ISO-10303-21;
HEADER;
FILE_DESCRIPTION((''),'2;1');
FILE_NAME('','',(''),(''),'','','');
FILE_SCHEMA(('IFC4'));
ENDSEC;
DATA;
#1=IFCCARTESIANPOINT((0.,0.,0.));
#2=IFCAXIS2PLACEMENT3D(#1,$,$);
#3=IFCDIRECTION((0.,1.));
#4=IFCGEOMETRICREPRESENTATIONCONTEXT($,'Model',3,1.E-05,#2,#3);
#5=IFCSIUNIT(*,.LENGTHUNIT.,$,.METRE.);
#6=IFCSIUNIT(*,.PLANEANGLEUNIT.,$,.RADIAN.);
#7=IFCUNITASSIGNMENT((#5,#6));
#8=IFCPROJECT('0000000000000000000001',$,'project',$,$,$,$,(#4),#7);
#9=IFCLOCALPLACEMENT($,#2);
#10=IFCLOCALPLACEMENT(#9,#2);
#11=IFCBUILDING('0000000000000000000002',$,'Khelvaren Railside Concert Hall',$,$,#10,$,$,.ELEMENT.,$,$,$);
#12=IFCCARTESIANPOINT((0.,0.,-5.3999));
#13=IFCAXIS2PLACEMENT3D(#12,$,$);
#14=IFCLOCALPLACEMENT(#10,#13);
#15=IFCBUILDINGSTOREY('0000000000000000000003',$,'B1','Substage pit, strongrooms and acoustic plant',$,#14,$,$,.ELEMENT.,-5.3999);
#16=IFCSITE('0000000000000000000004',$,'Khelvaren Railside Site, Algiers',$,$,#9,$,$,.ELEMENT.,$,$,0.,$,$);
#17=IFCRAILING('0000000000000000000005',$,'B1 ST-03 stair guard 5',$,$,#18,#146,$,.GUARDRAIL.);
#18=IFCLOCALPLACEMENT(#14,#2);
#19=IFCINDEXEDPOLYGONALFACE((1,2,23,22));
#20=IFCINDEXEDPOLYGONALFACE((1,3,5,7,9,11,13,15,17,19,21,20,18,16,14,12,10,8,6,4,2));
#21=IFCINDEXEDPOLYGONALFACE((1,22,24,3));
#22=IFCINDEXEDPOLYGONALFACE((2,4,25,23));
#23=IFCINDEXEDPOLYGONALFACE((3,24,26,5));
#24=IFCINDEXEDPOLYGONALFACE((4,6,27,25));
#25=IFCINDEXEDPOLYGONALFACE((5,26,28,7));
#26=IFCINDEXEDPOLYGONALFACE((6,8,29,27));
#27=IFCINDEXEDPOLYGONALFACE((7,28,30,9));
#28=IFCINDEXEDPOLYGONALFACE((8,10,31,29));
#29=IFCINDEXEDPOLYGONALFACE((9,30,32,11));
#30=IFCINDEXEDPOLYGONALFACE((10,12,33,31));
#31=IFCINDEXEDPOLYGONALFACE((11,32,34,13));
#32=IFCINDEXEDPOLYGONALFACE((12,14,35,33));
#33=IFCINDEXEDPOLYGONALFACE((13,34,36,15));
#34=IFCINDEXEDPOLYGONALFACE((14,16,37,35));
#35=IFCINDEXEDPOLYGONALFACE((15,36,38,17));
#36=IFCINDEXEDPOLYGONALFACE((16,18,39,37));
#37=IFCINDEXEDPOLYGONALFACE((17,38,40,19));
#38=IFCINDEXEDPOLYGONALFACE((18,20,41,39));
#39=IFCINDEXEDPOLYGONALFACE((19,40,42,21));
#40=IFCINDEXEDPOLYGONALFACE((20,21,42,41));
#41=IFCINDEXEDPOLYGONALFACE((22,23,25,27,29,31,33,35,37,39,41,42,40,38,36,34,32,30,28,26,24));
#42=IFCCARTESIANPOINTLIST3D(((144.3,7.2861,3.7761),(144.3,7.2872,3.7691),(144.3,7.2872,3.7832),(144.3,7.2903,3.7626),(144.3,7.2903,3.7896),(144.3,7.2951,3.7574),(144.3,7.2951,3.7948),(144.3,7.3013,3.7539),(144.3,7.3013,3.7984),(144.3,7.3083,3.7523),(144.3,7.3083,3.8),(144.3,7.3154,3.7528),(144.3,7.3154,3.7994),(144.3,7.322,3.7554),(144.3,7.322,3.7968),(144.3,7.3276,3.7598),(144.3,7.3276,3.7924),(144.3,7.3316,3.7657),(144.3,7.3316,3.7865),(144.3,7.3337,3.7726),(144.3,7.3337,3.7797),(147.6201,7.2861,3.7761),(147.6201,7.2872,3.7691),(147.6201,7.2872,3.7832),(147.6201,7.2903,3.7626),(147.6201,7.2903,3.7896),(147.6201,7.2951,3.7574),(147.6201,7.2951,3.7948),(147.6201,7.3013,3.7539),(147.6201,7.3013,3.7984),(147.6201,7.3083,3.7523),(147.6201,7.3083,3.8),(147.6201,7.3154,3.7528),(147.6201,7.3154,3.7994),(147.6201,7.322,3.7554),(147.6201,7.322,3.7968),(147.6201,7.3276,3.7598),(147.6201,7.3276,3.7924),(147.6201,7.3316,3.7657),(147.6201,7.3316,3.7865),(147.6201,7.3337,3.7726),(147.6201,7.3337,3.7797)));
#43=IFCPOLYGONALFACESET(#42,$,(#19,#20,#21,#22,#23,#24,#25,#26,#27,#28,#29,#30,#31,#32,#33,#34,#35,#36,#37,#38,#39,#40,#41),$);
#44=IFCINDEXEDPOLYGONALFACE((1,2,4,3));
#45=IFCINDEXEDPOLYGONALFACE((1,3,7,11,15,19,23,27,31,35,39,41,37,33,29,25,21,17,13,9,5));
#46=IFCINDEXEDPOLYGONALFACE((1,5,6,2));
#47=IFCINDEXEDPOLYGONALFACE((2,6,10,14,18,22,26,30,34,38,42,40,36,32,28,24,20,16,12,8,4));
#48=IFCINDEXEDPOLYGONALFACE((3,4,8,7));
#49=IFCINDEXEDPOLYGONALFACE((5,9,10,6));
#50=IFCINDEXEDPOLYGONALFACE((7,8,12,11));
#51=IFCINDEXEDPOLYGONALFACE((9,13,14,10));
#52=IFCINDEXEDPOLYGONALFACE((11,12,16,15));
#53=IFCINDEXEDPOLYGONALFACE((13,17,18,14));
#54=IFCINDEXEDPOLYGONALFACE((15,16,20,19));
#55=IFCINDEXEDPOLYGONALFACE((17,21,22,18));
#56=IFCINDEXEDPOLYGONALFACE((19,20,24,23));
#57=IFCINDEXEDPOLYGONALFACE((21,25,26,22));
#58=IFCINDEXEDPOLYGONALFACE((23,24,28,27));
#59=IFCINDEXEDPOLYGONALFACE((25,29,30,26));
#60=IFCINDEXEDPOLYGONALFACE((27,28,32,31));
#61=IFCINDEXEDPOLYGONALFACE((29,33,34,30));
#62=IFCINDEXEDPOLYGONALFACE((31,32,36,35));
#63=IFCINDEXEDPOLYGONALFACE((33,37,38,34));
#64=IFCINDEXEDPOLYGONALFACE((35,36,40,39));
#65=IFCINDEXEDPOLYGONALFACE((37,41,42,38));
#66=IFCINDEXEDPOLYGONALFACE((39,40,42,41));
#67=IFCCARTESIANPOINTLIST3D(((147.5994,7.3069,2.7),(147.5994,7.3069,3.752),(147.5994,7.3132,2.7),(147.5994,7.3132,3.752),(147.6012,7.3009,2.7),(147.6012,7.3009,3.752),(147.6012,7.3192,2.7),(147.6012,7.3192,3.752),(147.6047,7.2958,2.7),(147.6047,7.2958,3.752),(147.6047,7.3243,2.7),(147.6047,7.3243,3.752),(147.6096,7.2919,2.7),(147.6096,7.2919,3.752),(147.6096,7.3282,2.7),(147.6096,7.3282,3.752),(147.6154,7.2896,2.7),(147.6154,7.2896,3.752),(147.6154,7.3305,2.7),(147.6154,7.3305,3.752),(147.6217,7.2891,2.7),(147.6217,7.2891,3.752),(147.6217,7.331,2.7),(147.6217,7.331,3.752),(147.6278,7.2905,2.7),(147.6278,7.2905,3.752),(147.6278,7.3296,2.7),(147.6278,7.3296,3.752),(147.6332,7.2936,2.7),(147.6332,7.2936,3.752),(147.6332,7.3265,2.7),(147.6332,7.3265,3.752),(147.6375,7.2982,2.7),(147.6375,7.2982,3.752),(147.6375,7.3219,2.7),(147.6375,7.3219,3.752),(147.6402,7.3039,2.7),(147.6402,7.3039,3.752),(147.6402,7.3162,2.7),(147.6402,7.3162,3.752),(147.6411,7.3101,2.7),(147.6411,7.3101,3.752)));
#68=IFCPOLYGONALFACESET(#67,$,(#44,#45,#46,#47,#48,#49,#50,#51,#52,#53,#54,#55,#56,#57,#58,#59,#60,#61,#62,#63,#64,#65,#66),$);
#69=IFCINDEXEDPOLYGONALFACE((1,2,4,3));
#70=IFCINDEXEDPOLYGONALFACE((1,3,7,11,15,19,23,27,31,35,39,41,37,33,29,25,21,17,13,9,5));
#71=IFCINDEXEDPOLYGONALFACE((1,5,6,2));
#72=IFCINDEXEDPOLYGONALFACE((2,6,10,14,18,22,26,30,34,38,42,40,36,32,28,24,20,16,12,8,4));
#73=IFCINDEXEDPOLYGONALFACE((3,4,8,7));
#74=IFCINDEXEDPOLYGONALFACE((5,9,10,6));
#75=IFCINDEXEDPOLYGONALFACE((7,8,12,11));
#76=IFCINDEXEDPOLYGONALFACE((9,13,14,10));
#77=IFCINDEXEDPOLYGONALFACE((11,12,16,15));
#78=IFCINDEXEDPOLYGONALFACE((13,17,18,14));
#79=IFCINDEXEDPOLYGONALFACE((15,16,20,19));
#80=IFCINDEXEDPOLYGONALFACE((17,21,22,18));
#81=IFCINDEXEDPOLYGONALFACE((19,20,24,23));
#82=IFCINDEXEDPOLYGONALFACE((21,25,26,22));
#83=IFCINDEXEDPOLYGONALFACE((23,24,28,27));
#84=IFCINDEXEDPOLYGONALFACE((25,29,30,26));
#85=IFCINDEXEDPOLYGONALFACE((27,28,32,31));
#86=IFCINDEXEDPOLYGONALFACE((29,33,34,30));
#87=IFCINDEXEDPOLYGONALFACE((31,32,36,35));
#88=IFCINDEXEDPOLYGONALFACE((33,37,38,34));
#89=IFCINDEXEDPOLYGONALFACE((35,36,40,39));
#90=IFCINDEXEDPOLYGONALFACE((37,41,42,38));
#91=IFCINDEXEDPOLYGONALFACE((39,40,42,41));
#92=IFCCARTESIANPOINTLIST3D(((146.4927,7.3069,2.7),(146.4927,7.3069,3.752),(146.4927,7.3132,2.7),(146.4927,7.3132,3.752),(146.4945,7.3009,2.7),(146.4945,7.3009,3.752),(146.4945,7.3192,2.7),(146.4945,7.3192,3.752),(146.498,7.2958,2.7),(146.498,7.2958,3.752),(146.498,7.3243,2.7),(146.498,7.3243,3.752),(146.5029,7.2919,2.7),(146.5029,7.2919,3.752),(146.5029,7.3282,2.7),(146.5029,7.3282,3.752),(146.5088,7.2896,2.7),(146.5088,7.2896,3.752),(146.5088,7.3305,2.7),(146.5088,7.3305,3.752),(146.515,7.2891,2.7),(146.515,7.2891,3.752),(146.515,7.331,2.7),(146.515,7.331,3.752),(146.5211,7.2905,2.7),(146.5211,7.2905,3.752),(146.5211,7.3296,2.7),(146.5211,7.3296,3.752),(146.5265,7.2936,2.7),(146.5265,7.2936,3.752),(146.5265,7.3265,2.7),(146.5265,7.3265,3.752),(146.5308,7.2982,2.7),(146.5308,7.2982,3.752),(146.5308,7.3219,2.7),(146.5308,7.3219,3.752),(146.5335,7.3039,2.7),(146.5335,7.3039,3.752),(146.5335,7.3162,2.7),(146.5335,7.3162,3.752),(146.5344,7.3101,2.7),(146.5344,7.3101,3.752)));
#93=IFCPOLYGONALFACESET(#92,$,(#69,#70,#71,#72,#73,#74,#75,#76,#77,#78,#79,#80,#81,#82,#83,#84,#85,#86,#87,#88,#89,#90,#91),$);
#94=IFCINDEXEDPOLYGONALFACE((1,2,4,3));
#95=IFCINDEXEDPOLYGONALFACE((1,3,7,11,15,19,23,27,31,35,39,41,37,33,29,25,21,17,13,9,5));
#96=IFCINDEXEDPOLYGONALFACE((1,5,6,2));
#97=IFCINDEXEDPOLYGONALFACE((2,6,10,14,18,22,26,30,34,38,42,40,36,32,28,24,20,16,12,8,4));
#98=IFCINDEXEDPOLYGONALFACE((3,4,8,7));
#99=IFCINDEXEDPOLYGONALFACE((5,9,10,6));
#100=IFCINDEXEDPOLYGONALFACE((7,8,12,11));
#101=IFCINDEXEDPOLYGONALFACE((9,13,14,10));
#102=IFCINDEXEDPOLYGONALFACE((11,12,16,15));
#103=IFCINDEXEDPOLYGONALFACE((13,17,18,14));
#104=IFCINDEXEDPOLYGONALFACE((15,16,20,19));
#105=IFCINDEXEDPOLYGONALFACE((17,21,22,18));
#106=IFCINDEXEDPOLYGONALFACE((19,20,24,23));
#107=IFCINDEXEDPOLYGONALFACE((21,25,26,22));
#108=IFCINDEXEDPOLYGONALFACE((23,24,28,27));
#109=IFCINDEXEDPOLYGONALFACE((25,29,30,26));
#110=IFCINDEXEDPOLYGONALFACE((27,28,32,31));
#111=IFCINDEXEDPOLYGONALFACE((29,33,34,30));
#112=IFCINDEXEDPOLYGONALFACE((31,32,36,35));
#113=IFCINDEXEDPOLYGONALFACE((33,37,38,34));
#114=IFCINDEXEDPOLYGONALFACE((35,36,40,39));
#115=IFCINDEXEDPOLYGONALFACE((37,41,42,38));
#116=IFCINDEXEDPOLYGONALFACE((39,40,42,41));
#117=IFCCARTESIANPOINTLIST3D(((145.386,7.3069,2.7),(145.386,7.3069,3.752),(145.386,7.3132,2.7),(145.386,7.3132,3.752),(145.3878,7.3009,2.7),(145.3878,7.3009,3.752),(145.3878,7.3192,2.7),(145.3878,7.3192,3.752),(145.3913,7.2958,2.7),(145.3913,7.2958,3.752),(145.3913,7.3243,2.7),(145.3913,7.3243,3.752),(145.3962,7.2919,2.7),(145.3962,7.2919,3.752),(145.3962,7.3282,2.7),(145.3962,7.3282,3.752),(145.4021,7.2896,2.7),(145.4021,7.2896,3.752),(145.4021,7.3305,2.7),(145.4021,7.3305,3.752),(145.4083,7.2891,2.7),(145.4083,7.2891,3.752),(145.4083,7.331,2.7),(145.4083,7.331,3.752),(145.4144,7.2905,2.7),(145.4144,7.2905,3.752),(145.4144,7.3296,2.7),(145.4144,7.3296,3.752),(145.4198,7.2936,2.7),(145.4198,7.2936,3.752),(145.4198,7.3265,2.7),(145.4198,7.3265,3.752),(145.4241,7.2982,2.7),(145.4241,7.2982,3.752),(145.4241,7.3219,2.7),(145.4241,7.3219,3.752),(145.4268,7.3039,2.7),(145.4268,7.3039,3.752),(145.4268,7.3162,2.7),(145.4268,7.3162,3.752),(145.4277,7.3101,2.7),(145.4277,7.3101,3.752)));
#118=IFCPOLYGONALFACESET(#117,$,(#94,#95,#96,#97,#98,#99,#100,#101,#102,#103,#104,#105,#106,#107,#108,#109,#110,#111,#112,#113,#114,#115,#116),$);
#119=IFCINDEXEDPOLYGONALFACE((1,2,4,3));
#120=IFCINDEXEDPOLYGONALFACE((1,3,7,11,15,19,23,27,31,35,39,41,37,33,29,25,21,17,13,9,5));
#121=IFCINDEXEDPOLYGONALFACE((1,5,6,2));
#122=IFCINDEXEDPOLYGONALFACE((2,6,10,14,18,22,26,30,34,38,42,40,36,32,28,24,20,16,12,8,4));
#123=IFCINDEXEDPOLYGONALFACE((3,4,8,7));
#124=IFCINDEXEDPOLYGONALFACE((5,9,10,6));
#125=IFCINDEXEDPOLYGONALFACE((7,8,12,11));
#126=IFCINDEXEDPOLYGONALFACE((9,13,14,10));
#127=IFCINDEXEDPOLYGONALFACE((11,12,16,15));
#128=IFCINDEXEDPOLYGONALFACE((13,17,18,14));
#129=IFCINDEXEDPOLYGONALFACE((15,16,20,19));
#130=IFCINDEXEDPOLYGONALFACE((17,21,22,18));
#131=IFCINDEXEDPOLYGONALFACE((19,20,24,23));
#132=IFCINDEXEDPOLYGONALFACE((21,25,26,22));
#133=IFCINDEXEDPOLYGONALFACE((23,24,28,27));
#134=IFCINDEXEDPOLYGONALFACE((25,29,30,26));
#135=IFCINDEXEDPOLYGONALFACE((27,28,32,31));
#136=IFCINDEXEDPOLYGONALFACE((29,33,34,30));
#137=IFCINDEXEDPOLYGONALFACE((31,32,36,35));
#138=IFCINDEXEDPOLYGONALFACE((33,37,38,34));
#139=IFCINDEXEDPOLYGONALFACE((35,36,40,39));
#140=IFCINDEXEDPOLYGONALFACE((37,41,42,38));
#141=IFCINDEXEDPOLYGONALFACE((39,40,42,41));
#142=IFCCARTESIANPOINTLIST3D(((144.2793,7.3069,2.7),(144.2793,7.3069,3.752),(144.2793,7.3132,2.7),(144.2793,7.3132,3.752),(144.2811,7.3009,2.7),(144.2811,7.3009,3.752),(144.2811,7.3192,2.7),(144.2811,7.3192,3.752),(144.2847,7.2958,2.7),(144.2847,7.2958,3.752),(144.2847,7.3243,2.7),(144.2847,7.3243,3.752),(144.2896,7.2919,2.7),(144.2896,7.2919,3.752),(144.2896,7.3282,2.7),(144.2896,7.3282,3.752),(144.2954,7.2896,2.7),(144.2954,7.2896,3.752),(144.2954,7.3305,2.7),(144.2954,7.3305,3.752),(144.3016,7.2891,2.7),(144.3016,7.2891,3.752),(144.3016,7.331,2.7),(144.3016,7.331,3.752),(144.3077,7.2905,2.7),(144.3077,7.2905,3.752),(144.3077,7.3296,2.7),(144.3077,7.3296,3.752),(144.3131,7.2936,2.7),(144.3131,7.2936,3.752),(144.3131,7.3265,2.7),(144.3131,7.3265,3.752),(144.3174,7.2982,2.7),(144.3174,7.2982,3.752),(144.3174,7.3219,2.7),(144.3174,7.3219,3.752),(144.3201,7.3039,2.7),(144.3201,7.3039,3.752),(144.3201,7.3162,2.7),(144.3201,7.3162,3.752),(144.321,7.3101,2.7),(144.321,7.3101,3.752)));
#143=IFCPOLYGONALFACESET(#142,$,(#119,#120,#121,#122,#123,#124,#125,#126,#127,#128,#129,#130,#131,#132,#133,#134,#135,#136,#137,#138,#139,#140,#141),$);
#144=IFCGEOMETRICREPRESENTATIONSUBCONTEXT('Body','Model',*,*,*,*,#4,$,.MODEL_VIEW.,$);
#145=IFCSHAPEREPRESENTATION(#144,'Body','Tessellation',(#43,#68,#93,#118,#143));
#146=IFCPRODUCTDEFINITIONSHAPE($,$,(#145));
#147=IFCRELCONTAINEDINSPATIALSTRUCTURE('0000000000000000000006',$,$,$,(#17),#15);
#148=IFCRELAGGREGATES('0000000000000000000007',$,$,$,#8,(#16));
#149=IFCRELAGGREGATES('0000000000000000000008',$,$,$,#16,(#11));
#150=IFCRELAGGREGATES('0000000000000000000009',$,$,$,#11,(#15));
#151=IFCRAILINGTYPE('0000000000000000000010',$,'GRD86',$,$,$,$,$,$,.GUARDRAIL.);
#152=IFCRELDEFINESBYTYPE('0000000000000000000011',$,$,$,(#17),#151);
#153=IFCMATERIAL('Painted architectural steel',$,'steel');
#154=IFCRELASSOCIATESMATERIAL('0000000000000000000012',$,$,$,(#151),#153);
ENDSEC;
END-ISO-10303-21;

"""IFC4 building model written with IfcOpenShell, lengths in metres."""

from ifc_helpers import new_model, si_unit, direction, frame, origin, origin_2d, place, context, subcontext, project, spatial, circle, extrude, material, type_object, element, save


model = new_model("IFC4")

# Units and contexts
model_context = context("Model", 3, precision=1e-05, world=origin(), true_north=direction((0.0, 1.0)))
body_context = subcontext(model_context, "Body", "Model", "MODEL_VIEW")
ifc_project = project(units=[si_unit("LENGTHUNIT", "METRE"), si_unit("PLANEANGLEUNIT", "RADIAN")], contexts=[model_context])

# Site, building, storey
site_placement = place(None, origin())
site = spatial("IfcSite", under=ifc_project, at=site_placement, Name="Khelvaren Railside Site, Algiers", CompositionType="ELEMENT", RefElevation=0.0)
building_placement = place(site_placement, origin())
building = spatial("IfcBuilding", under=site, at=building_placement, Name="Khelvaren Railside Concert Hall", CompositionType="ELEMENT")
storey_placement = place(building_placement, frame((0.0, 0.0, -5.3999)))
storey = spatial("IfcBuildingStorey", under=building, at=storey_placement, Name="B1", Description="Substage pit, strongrooms and acoustic plant", CompositionType="ELEMENT", Elevation=-5.3999)

# Railing
ifc_material_1 = material(Name="Painted architectural steel", Category="steel")
railing_type_1 = type_object("IfcRailingType", Name="GRD86", PredefinedType="GUARDRAIL", material=ifc_material_1)
railing_1_placement = place(storey_placement, frame((147.6201, 7.3101, 2.7)))
element("IfcRailing", 1, at=railing_1_placement, inside=storey, type_object=railing_type_1, Name="B1 ST-03 stair guard 5", PredefinedType="GUARDRAIL", context=body_context, shape_type="SweptSolid", body=[
    extrude(circle(Radius=0.0239, at=origin_2d()), frame((0.0, 0.0, 1.0762), z_axis=(-1.0, 0.0, 0.0), x_axis=(0.0, -1.0, 0.0)), (0.0, 0.0, 1.0), 3.3201),
    extrude(circle(Radius=0.021, at=origin_2d()), origin(), (0.0, 0.0, 1.0), 1.052),
    extrude(circle(Radius=0.021, at=origin_2d()), frame((-1.1067, 0.0, 0.0)), (0.0, 0.0, 1.0), 1.052),
    extrude(circle(Radius=0.021, at=origin_2d()), frame((-2.2134, 0.0, 0.0)), (0.0, 0.0, 1.0), 1.052),
    extrude(circle(Radius=0.021, at=origin_2d()), frame((-3.3201, 0.0, 0.0)), (0.0, 0.0, 1.0), 1.052),
])

save(model, "model.ifc")
